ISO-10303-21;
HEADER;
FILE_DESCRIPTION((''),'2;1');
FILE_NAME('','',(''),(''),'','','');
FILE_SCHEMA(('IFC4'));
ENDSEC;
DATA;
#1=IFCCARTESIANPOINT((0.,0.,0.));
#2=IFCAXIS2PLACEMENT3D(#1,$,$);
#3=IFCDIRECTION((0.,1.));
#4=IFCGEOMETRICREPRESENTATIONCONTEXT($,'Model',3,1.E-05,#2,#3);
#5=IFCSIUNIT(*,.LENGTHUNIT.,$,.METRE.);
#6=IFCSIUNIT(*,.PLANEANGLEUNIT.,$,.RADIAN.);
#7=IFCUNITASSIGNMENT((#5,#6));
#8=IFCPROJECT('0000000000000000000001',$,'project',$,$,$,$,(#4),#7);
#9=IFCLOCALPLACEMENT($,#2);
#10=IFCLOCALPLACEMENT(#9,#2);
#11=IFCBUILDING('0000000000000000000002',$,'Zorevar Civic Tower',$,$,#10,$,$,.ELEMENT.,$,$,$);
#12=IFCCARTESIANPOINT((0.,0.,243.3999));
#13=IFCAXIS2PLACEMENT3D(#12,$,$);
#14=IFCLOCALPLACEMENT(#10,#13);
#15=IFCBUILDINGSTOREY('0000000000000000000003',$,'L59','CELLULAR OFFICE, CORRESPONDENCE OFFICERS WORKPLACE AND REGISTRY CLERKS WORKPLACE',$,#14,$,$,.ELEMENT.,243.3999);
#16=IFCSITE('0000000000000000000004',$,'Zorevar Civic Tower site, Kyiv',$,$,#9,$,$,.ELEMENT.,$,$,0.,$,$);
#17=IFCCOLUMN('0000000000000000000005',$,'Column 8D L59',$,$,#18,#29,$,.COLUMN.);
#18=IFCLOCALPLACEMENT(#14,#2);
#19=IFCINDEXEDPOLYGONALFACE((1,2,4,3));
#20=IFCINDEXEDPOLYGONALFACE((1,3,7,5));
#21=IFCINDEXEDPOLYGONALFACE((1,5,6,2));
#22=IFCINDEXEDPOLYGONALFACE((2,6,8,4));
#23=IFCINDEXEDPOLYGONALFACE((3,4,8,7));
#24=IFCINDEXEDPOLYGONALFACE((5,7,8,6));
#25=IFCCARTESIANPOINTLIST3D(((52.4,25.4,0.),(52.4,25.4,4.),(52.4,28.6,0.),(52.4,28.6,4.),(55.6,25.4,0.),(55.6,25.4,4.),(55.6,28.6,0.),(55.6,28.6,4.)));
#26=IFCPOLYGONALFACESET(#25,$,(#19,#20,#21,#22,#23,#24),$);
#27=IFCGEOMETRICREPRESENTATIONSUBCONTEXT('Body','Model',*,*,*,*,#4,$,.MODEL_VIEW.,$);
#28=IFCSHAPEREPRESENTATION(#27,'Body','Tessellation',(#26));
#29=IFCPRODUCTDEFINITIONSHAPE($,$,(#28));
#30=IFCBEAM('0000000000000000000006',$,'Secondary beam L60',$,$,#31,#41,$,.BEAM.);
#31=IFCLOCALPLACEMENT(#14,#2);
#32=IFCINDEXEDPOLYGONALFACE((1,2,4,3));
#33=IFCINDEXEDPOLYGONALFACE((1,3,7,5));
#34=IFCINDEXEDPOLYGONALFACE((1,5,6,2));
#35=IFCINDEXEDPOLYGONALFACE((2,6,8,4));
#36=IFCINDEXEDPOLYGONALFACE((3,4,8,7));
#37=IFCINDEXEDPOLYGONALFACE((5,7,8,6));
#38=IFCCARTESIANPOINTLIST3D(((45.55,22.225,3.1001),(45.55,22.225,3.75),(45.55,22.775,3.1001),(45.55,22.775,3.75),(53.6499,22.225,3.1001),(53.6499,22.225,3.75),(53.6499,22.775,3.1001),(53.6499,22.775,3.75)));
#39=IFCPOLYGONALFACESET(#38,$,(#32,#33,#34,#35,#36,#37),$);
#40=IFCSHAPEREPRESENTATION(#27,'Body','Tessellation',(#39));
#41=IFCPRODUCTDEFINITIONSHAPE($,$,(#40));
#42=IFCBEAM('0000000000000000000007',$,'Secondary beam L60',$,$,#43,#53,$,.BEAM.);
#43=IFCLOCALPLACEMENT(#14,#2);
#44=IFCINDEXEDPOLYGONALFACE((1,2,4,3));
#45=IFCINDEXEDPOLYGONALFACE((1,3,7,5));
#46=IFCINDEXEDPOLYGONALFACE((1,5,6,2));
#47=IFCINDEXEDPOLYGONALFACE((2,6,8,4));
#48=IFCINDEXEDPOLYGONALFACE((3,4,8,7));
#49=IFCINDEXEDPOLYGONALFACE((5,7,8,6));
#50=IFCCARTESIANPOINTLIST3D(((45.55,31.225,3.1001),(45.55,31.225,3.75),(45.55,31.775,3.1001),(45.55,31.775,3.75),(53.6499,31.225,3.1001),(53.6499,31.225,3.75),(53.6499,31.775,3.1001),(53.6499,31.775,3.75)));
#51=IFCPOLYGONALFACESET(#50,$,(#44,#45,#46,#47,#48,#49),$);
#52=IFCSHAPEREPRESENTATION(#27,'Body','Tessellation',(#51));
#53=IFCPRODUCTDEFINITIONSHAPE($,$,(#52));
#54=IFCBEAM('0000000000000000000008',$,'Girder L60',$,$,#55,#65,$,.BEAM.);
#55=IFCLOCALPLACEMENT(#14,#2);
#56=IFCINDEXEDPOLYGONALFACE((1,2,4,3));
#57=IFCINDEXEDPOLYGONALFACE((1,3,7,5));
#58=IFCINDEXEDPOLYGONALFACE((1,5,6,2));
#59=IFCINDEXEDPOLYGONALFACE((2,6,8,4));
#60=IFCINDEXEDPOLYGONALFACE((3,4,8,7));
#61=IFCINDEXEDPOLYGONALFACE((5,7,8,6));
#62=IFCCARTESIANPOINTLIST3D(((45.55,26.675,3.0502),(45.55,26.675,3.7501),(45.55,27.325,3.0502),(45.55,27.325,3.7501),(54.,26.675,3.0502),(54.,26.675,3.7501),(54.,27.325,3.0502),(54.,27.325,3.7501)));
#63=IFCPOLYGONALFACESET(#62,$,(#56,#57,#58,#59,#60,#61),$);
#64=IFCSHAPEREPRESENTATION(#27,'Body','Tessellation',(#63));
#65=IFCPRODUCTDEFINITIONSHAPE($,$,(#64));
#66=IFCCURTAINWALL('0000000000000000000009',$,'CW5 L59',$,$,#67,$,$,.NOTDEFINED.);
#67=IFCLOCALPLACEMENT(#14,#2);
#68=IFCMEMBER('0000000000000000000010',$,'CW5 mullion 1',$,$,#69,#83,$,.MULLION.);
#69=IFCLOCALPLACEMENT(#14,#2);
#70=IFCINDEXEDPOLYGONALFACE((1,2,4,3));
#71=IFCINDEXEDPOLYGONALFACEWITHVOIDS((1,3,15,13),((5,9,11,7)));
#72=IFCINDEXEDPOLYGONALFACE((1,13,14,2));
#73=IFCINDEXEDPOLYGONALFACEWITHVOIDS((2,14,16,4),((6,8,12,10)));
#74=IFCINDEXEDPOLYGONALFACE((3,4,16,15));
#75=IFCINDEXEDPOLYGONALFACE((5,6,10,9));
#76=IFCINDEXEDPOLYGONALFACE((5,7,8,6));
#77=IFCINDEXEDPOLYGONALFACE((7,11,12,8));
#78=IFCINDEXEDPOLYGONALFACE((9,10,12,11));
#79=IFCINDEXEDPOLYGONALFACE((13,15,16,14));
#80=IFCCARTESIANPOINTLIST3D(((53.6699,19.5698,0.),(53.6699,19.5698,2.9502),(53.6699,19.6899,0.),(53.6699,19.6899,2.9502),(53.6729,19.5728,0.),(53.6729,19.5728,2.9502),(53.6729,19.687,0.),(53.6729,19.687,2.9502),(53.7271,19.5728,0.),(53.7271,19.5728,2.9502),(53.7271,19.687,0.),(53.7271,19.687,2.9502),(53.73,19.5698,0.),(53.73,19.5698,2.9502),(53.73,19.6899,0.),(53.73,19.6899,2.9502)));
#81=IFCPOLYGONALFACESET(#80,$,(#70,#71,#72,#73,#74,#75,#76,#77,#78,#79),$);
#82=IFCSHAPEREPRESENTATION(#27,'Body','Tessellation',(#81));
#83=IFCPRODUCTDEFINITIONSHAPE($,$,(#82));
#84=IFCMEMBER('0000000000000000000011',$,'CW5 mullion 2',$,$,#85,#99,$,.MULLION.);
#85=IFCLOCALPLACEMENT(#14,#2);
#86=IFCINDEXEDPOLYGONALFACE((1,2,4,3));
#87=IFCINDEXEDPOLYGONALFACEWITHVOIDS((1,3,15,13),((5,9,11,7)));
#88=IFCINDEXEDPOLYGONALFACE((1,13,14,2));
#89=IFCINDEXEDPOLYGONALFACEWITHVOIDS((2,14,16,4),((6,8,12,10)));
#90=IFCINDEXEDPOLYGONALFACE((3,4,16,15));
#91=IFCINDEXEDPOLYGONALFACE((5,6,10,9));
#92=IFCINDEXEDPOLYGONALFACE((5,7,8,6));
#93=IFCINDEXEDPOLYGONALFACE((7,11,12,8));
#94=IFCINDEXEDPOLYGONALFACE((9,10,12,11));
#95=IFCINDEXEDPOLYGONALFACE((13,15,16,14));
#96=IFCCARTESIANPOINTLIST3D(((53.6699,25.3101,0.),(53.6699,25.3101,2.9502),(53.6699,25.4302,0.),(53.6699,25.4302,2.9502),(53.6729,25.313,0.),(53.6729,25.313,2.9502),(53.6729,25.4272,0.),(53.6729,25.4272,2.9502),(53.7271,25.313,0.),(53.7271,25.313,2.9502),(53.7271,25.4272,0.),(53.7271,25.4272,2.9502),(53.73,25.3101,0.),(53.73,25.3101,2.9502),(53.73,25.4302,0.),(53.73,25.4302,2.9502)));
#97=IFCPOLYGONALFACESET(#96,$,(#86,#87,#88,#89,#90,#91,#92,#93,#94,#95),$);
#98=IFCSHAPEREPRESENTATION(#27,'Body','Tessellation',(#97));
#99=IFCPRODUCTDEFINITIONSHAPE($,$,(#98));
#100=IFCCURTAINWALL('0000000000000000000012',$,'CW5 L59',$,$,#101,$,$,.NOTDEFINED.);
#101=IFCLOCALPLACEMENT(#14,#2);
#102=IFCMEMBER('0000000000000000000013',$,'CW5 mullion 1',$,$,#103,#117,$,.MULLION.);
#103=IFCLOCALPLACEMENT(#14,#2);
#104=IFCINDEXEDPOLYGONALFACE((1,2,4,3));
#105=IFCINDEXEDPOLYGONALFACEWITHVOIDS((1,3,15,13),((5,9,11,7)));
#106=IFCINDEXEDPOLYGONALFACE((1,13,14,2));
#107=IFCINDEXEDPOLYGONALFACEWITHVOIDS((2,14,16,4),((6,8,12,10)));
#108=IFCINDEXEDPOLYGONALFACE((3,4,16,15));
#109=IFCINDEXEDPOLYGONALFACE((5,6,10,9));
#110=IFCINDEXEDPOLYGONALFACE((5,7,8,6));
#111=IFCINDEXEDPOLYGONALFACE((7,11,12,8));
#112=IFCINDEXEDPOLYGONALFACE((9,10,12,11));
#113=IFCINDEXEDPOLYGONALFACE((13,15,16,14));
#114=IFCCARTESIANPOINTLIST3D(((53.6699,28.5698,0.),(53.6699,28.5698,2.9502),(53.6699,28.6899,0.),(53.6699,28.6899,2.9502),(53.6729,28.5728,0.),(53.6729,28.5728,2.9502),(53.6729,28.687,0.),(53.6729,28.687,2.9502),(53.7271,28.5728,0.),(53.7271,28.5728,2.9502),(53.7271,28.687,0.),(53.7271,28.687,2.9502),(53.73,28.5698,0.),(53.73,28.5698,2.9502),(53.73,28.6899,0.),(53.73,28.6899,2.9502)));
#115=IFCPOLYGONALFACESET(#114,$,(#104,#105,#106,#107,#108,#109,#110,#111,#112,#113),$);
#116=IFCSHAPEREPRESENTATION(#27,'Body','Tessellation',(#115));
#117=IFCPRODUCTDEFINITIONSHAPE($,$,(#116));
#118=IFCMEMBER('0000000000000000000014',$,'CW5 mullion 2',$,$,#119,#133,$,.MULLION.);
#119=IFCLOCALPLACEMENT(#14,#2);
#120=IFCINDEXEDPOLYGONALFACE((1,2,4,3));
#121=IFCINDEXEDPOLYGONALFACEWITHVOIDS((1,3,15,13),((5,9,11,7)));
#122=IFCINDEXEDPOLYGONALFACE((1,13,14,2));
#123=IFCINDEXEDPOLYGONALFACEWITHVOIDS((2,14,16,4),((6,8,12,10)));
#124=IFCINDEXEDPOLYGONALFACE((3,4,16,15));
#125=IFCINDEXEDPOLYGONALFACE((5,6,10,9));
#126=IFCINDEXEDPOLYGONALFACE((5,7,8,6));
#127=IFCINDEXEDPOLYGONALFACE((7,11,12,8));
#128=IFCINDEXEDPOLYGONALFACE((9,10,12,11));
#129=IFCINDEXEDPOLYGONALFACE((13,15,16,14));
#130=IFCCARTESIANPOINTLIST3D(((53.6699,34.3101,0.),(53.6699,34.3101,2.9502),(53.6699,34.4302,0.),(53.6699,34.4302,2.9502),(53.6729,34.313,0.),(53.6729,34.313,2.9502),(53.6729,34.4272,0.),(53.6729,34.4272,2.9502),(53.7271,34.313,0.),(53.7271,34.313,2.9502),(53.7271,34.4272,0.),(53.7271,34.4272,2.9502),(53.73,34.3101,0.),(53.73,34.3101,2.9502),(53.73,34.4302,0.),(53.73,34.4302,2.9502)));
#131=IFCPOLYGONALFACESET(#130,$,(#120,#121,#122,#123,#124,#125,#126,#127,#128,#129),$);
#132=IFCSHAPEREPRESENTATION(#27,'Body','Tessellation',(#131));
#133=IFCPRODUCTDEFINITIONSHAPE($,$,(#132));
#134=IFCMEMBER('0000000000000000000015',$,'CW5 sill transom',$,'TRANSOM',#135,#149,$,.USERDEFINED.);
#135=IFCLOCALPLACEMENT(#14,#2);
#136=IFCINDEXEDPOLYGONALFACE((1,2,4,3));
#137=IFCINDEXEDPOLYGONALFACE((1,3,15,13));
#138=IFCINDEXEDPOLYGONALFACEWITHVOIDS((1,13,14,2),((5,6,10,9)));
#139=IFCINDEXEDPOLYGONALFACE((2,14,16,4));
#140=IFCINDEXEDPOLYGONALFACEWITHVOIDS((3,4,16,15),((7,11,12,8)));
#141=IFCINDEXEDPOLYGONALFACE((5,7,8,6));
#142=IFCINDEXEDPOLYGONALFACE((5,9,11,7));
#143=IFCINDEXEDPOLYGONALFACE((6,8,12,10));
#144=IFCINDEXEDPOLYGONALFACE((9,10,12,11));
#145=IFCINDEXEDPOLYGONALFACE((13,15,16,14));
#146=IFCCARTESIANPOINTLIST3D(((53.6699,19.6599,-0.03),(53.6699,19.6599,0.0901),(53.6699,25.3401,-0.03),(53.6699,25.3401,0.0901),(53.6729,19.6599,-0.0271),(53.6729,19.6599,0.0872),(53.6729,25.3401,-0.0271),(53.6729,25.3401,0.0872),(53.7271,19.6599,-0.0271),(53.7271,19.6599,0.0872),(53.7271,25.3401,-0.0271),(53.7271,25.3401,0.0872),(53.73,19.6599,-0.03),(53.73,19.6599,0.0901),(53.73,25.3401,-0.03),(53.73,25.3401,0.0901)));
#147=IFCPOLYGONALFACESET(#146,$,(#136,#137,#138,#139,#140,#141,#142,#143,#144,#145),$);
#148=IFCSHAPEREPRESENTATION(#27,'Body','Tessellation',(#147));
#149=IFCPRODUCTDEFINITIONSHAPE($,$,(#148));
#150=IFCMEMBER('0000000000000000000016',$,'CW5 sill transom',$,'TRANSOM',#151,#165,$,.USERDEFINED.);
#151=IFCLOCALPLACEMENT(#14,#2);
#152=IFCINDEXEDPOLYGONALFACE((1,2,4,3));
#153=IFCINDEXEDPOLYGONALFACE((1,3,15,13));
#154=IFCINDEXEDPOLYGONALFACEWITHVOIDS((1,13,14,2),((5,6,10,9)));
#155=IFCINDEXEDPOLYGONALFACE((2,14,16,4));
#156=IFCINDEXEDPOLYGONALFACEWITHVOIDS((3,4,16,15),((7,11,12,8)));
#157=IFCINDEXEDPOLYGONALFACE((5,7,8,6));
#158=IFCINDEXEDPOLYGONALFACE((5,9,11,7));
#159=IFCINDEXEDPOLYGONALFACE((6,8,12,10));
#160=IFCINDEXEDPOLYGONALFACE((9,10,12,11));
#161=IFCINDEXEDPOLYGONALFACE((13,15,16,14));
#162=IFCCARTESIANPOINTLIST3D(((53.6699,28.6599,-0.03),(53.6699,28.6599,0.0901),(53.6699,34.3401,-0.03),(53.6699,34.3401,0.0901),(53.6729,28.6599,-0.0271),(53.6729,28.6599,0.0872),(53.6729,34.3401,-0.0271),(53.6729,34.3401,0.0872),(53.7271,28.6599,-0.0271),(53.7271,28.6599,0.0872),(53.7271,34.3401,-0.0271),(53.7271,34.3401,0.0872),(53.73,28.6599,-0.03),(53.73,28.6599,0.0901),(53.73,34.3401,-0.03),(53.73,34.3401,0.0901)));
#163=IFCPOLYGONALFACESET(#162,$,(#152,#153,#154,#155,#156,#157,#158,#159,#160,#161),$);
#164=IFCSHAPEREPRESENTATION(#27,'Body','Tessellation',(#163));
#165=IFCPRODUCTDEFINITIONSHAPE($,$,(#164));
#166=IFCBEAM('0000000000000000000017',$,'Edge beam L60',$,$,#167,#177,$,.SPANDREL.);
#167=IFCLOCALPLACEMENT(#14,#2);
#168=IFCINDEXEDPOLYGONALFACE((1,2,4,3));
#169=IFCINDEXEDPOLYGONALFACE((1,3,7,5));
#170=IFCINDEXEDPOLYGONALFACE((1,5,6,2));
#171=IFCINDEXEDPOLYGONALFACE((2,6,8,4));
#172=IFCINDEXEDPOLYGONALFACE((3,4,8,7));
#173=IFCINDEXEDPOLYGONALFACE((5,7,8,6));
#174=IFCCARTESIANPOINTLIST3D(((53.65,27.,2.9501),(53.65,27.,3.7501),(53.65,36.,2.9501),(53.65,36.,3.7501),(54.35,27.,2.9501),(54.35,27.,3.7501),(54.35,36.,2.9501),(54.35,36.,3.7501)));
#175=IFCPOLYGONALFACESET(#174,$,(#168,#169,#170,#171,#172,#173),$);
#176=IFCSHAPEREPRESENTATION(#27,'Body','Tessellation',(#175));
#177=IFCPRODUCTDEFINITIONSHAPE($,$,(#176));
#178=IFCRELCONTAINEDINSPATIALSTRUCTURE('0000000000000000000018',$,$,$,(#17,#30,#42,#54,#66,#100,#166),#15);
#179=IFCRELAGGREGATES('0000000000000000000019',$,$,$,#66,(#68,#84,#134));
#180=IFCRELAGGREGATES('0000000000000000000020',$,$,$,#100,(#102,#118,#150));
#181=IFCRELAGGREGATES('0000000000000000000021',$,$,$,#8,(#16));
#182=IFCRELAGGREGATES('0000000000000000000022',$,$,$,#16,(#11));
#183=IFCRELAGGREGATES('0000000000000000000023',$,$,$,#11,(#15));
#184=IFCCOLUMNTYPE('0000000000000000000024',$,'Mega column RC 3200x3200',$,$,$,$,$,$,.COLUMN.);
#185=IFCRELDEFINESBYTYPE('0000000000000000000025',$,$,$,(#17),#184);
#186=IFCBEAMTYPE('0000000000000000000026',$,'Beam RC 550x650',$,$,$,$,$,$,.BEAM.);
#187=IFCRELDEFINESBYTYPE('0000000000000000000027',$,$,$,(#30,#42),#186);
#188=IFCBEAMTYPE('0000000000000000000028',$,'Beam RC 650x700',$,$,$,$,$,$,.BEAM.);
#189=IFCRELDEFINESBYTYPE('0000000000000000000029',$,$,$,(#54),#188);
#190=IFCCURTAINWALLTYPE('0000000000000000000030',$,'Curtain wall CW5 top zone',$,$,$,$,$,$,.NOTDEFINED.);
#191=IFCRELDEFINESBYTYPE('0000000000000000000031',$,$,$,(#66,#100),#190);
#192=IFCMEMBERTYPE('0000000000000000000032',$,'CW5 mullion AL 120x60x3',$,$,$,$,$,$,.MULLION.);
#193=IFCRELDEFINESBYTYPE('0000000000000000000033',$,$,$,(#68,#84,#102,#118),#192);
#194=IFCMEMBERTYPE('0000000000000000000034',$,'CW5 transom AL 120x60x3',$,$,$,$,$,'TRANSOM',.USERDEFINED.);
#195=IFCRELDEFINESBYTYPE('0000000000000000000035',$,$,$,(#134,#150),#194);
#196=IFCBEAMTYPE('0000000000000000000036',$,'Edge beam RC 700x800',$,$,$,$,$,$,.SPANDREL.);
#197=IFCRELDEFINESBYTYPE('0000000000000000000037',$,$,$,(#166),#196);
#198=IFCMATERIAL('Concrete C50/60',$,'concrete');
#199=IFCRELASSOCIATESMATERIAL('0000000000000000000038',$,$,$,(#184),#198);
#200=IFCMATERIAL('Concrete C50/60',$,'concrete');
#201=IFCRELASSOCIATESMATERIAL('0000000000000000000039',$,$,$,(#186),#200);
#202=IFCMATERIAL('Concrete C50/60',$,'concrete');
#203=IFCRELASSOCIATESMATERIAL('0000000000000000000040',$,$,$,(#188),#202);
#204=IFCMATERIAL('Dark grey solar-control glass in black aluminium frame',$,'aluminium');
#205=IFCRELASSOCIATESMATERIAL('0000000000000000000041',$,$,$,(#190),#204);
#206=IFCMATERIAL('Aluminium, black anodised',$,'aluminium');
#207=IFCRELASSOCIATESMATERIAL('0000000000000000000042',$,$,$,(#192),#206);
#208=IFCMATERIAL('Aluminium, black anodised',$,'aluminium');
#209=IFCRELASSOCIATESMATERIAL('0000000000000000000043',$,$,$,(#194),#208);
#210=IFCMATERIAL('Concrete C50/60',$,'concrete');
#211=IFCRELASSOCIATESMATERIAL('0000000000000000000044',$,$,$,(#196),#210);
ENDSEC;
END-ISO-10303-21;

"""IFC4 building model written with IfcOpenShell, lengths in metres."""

from ifc_helpers import new_model, si_unit, direction, frame, origin, origin_2d, place, context, subcontext, project, spatial, rectangle, hollow_rectangle, extrude, material, material_profile, profile_set, type_object, element, aggregate, save


model = new_model("IFC4")

# Units and contexts
model_context = context("Model", 3, precision=1e-05, world=origin(), true_north=direction((0.0, 1.0)))
body_context = subcontext(model_context, "Body", "Model", "MODEL_VIEW")
ifc_project = project(units=[si_unit("LENGTHUNIT", "METRE"), si_unit("PLANEANGLEUNIT", "RADIAN")], contexts=[model_context])

# Site, building, storey
site_placement = place(None, origin())
site = spatial("IfcSite", under=ifc_project, at=site_placement, Name="Zorevar Civic Tower site, Kyiv", CompositionType="ELEMENT", RefElevation=0.0)
building_placement = place(site_placement, origin())
building = spatial("IfcBuilding", under=site, at=building_placement, Name="Zorevar Civic Tower", CompositionType="ELEMENT")
storey_placement = place(building_placement, frame((0.0, 0.0, 243.3999)))
storey = spatial("IfcBuildingStorey", under=building, at=storey_placement, Name="L59", Description="CELLULAR OFFICE, CORRESPONDENCE OFFICERS WORKPLACE AND REGISTRY CLERKS WORKPLACE", CompositionType="ELEMENT", Elevation=243.3999)

# Column
ifc_material_1 = material(Name="Concrete C50/60", Category="concrete")
ifc_material_profile_1 = material_profile(ifc_material_1, rectangle(XDim=3.2, YDim=3.2, at=origin_2d()), Name="RC 3200x3200")
ifc_profile_set_1 = profile_set([ifc_material_profile_1], Name="Concrete C50/60")
column_type = type_object("IfcColumnType", Name="Mega column RC 3200x3200", PredefinedType="COLUMN", material=ifc_profile_set_1)
column_placement = place(storey_placement, frame((54.0, 27.0, 0.0), z_axis=(0.0, 0.0, 1.0), x_axis=(1.0, 0.0, 0.0)))
element("IfcColumn", 1, at=column_placement, inside=storey, type_object=column_type, Name="Column 8D L59", PredefinedType="COLUMN", context=body_context, shape_type="SweptSolid", body=[
    extrude(rectangle(XDim=3.2, YDim=3.2, at=origin_2d()), origin(), (0.0, 0.0, 1.0), 4.0),
])

# Beams
ifc_material_2 = material(Name="Concrete C50/60", Category="concrete")
ifc_material_profile_2 = material_profile(ifc_material_2, rectangle(XDim=0.55, YDim=0.6499, at=origin_2d()), Name="RC 550x650")
ifc_profile_set_2 = profile_set([ifc_material_profile_2], Name="Concrete C50/60")
beam_type_1 = type_object("IfcBeamType", Name="Beam RC 550x650", PredefinedType="BEAM", material=ifc_profile_set_2)
for number, where, z_axis, x_axis, name in (
    (2, (45.55, 22.5, 3.425), (1.0, 0.0, 0.0), (0.0, 1.0, 0.0), "Secondary beam L60"),
    (3, (45.55, 31.5, 3.425), (1.0, 0.0, 0.0), (0.0, 1.0, 0.0), "Secondary beam L60"),
):
    element("IfcBeam", number, at=place(storey_placement, frame(where, z_axis=z_axis, x_axis=x_axis)), inside=storey, type_object=beam_type_1, Name=name, PredefinedType="BEAM", context=body_context, shape_type="SweptSolid", body=[
        extrude(rectangle(XDim=0.55, YDim=0.6499, at=origin_2d()), origin(), (0.0, 0.0, 1.0), 8.0999),
    ])
ifc_material_3 = material(Name="Concrete C50/60", Category="concrete")
ifc_material_profile_3 = material_profile(ifc_material_3, rectangle(XDim=0.6499, YDim=0.7, at=origin_2d()), Name="RC 650x700")
ifc_profile_set_3 = profile_set([ifc_material_profile_3], Name="Concrete C50/60")
beam_type_2 = type_object("IfcBeamType", Name="Beam RC 650x700", PredefinedType="BEAM", material=ifc_profile_set_3)
beam_1_placement = place(storey_placement, frame((45.55, 27.0, 3.4001), z_axis=(1.0, 0.0, 0.0), x_axis=(0.0, 1.0, 0.0)))
element("IfcBeam", 4, at=beam_1_placement, inside=storey, type_object=beam_type_2, Name="Girder L60", PredefinedType="BEAM", context=body_context, shape_type="SweptSolid", body=[
    extrude(rectangle(XDim=0.6499, YDim=0.7, at=origin_2d()), origin(), (0.0, 0.0, 1.0), 8.45),
])

# Curtain walls, members
ifc_material_4 = material(Name="Dark grey solar-control glass in black aluminium frame", Category="aluminium")
curtain_wall_type = type_object("IfcCurtainWallType", Name="Curtain wall CW5 top zone", PredefinedType="NOTDEFINED", material=ifc_material_4)
curtain_wall_1_placement = place(storey_placement, origin())
curtain_wall_1 = element("IfcCurtainWall", 5, at=curtain_wall_1_placement, inside=storey, type_object=curtain_wall_type, Name="CW5 L59", PredefinedType="NOTDEFINED")
ifc_material_5 = material(Name="Aluminium, black anodised", Category="aluminium")
ifc_material_profile_4 = material_profile(ifc_material_5, hollow_rectangle(XDim=0.0601, YDim=0.1201, WallThickness=0.0029, at=origin_2d()), Name="AL 120x60x3")
ifc_profile_set_4 = profile_set([ifc_material_profile_4], Name="Aluminium, black anodised")
member_type_1 = type_object("IfcMemberType", Name="CW5 mullion AL 120x60x3", PredefinedType="MULLION", material=ifc_profile_set_4)
member_1_placement = place(storey_placement, frame((53.7, 19.6299, 0.0), z_axis=(0.0, 0.0, 1.0), x_axis=(-1.0, 0.0, 0.0)))
member_1 = element("IfcMember", 6, at=member_1_placement, type_object=member_type_1, Name="CW5 mullion 1", PredefinedType="MULLION", context=body_context, shape_type="SweptSolid", body=[
    extrude(hollow_rectangle(XDim=0.0601, YDim=0.1201, WallThickness=0.0029, at=origin_2d()), origin(), (0.0, 0.0, 1.0), 2.9502),
])
member_2_placement = place(storey_placement, frame((53.7, 25.3701, 0.0), z_axis=(0.0, 0.0, 1.0), x_axis=(-1.0, 0.0, 0.0)))
member_2 = element("IfcMember", 7, at=member_2_placement, type_object=member_type_1, Name="CW5 mullion 2", PredefinedType="MULLION", context=body_context, shape_type="SweptSolid", body=[
    extrude(hollow_rectangle(XDim=0.0601, YDim=0.1201, WallThickness=0.0029, at=origin_2d()), origin(), (0.0, 0.0, 1.0), 2.9502),
])
curtain_wall_2_placement = place(storey_placement, origin())
curtain_wall_2 = element("IfcCurtainWall", 8, at=curtain_wall_2_placement, inside=storey, type_object=curtain_wall_type, Name="CW5 L59", PredefinedType="NOTDEFINED")
member_3_placement = place(storey_placement, frame((53.7, 28.6299, 0.0), z_axis=(0.0, 0.0, 1.0), x_axis=(-1.0, 0.0, 0.0)))
member_3 = element("IfcMember", 9, at=member_3_placement, type_object=member_type_1, Name="CW5 mullion 1", PredefinedType="MULLION", context=body_context, shape_type="SweptSolid", body=[
    extrude(hollow_rectangle(XDim=0.0601, YDim=0.1201, WallThickness=0.0029, at=origin_2d()), origin(), (0.0, 0.0, 1.0), 2.9502),
])
member_4_placement = place(storey_placement, frame((53.7, 34.3701, 0.0), z_axis=(0.0, 0.0, 1.0), x_axis=(-1.0, 0.0, 0.0)))
member_4 = element("IfcMember", 10, at=member_4_placement, type_object=member_type_1, Name="CW5 mullion 2", PredefinedType="MULLION", context=body_context, shape_type="SweptSolid", body=[
    extrude(hollow_rectangle(XDim=0.0601, YDim=0.1201, WallThickness=0.0029, at=origin_2d()), origin(), (0.0, 0.0, 1.0), 2.9502),
])

# Members
ifc_material_6 = material(Name="Aluminium, black anodised", Category="aluminium")
ifc_material_profile_5 = material_profile(ifc_material_6, hollow_rectangle(XDim=0.0601, YDim=0.1201, WallThickness=0.0029, at=origin_2d()), Name="AL 120x60x3")
ifc_profile_set_5 = profile_set([ifc_material_profile_5], Name="Aluminium, black anodised")
member_type_2 = type_object("IfcMemberType", Name="CW5 transom AL 120x60x3", ElementType="TRANSOM", PredefinedType="USERDEFINED", material=ifc_profile_set_5)
member_5_placement = place(storey_placement, frame((53.7, 19.6599, 0.03), z_axis=(0.0, 1.0, 0.0), x_axis=(-1.0, 0.0, 0.0)))
member_5 = element("IfcMember", 11, at=member_5_placement, type_object=member_type_2, Name="CW5 sill transom", ObjectType="TRANSOM", PredefinedType="USERDEFINED", context=body_context, shape_type="SweptSolid", body=[
    extrude(hollow_rectangle(XDim=0.0601, YDim=0.1201, WallThickness=0.0029, at=origin_2d()), origin(), (0.0, 0.0, 1.0), 5.6802),
])
member_6_placement = place(storey_placement, frame((53.7, 28.6599, 0.03), z_axis=(0.0, 1.0, 0.0), x_axis=(-1.0, 0.0, 0.0)))
member_6 = element("IfcMember", 12, at=member_6_placement, type_object=member_type_2, Name="CW5 sill transom", ObjectType="TRANSOM", PredefinedType="USERDEFINED", context=body_context, shape_type="SweptSolid", body=[
    extrude(hollow_rectangle(XDim=0.0601, YDim=0.1201, WallThickness=0.0029, at=origin_2d()), origin(), (0.0, 0.0, 1.0), 5.6802),
])

# Beam
ifc_material_7 = material(Name="Concrete C50/60", Category="concrete")
ifc_material_profile_6 = material_profile(ifc_material_7, rectangle(XDim=0.7, YDim=0.8, at=origin_2d()), Name="RC 700x800")
ifc_profile_set_6 = profile_set([ifc_material_profile_6], Name="Concrete C50/60")
beam_type_3 = type_object("IfcBeamType", Name="Edge beam RC 700x800", PredefinedType="SPANDREL", material=ifc_profile_set_6)
beam_2_placement = place(storey_placement, frame((54.0, 27.0, 3.3501), z_axis=(0.0, 1.0, 0.0), x_axis=(-1.0, 0.0, 0.0)))
element("IfcBeam", 13, at=beam_2_placement, inside=storey, type_object=beam_type_3, Name="Edge beam L60", PredefinedType="SPANDREL", context=body_context, shape_type="SweptSolid", body=[
    extrude(rectangle(XDim=0.7, YDim=0.8, at=origin_2d()), origin(), (0.0, 0.0, 1.0), 9.0),
])

aggregate(curtain_wall_1, [member_1, member_2, member_5])
aggregate(curtain_wall_2, [member_3, member_4, member_6])

save(model, "model.ifc")
